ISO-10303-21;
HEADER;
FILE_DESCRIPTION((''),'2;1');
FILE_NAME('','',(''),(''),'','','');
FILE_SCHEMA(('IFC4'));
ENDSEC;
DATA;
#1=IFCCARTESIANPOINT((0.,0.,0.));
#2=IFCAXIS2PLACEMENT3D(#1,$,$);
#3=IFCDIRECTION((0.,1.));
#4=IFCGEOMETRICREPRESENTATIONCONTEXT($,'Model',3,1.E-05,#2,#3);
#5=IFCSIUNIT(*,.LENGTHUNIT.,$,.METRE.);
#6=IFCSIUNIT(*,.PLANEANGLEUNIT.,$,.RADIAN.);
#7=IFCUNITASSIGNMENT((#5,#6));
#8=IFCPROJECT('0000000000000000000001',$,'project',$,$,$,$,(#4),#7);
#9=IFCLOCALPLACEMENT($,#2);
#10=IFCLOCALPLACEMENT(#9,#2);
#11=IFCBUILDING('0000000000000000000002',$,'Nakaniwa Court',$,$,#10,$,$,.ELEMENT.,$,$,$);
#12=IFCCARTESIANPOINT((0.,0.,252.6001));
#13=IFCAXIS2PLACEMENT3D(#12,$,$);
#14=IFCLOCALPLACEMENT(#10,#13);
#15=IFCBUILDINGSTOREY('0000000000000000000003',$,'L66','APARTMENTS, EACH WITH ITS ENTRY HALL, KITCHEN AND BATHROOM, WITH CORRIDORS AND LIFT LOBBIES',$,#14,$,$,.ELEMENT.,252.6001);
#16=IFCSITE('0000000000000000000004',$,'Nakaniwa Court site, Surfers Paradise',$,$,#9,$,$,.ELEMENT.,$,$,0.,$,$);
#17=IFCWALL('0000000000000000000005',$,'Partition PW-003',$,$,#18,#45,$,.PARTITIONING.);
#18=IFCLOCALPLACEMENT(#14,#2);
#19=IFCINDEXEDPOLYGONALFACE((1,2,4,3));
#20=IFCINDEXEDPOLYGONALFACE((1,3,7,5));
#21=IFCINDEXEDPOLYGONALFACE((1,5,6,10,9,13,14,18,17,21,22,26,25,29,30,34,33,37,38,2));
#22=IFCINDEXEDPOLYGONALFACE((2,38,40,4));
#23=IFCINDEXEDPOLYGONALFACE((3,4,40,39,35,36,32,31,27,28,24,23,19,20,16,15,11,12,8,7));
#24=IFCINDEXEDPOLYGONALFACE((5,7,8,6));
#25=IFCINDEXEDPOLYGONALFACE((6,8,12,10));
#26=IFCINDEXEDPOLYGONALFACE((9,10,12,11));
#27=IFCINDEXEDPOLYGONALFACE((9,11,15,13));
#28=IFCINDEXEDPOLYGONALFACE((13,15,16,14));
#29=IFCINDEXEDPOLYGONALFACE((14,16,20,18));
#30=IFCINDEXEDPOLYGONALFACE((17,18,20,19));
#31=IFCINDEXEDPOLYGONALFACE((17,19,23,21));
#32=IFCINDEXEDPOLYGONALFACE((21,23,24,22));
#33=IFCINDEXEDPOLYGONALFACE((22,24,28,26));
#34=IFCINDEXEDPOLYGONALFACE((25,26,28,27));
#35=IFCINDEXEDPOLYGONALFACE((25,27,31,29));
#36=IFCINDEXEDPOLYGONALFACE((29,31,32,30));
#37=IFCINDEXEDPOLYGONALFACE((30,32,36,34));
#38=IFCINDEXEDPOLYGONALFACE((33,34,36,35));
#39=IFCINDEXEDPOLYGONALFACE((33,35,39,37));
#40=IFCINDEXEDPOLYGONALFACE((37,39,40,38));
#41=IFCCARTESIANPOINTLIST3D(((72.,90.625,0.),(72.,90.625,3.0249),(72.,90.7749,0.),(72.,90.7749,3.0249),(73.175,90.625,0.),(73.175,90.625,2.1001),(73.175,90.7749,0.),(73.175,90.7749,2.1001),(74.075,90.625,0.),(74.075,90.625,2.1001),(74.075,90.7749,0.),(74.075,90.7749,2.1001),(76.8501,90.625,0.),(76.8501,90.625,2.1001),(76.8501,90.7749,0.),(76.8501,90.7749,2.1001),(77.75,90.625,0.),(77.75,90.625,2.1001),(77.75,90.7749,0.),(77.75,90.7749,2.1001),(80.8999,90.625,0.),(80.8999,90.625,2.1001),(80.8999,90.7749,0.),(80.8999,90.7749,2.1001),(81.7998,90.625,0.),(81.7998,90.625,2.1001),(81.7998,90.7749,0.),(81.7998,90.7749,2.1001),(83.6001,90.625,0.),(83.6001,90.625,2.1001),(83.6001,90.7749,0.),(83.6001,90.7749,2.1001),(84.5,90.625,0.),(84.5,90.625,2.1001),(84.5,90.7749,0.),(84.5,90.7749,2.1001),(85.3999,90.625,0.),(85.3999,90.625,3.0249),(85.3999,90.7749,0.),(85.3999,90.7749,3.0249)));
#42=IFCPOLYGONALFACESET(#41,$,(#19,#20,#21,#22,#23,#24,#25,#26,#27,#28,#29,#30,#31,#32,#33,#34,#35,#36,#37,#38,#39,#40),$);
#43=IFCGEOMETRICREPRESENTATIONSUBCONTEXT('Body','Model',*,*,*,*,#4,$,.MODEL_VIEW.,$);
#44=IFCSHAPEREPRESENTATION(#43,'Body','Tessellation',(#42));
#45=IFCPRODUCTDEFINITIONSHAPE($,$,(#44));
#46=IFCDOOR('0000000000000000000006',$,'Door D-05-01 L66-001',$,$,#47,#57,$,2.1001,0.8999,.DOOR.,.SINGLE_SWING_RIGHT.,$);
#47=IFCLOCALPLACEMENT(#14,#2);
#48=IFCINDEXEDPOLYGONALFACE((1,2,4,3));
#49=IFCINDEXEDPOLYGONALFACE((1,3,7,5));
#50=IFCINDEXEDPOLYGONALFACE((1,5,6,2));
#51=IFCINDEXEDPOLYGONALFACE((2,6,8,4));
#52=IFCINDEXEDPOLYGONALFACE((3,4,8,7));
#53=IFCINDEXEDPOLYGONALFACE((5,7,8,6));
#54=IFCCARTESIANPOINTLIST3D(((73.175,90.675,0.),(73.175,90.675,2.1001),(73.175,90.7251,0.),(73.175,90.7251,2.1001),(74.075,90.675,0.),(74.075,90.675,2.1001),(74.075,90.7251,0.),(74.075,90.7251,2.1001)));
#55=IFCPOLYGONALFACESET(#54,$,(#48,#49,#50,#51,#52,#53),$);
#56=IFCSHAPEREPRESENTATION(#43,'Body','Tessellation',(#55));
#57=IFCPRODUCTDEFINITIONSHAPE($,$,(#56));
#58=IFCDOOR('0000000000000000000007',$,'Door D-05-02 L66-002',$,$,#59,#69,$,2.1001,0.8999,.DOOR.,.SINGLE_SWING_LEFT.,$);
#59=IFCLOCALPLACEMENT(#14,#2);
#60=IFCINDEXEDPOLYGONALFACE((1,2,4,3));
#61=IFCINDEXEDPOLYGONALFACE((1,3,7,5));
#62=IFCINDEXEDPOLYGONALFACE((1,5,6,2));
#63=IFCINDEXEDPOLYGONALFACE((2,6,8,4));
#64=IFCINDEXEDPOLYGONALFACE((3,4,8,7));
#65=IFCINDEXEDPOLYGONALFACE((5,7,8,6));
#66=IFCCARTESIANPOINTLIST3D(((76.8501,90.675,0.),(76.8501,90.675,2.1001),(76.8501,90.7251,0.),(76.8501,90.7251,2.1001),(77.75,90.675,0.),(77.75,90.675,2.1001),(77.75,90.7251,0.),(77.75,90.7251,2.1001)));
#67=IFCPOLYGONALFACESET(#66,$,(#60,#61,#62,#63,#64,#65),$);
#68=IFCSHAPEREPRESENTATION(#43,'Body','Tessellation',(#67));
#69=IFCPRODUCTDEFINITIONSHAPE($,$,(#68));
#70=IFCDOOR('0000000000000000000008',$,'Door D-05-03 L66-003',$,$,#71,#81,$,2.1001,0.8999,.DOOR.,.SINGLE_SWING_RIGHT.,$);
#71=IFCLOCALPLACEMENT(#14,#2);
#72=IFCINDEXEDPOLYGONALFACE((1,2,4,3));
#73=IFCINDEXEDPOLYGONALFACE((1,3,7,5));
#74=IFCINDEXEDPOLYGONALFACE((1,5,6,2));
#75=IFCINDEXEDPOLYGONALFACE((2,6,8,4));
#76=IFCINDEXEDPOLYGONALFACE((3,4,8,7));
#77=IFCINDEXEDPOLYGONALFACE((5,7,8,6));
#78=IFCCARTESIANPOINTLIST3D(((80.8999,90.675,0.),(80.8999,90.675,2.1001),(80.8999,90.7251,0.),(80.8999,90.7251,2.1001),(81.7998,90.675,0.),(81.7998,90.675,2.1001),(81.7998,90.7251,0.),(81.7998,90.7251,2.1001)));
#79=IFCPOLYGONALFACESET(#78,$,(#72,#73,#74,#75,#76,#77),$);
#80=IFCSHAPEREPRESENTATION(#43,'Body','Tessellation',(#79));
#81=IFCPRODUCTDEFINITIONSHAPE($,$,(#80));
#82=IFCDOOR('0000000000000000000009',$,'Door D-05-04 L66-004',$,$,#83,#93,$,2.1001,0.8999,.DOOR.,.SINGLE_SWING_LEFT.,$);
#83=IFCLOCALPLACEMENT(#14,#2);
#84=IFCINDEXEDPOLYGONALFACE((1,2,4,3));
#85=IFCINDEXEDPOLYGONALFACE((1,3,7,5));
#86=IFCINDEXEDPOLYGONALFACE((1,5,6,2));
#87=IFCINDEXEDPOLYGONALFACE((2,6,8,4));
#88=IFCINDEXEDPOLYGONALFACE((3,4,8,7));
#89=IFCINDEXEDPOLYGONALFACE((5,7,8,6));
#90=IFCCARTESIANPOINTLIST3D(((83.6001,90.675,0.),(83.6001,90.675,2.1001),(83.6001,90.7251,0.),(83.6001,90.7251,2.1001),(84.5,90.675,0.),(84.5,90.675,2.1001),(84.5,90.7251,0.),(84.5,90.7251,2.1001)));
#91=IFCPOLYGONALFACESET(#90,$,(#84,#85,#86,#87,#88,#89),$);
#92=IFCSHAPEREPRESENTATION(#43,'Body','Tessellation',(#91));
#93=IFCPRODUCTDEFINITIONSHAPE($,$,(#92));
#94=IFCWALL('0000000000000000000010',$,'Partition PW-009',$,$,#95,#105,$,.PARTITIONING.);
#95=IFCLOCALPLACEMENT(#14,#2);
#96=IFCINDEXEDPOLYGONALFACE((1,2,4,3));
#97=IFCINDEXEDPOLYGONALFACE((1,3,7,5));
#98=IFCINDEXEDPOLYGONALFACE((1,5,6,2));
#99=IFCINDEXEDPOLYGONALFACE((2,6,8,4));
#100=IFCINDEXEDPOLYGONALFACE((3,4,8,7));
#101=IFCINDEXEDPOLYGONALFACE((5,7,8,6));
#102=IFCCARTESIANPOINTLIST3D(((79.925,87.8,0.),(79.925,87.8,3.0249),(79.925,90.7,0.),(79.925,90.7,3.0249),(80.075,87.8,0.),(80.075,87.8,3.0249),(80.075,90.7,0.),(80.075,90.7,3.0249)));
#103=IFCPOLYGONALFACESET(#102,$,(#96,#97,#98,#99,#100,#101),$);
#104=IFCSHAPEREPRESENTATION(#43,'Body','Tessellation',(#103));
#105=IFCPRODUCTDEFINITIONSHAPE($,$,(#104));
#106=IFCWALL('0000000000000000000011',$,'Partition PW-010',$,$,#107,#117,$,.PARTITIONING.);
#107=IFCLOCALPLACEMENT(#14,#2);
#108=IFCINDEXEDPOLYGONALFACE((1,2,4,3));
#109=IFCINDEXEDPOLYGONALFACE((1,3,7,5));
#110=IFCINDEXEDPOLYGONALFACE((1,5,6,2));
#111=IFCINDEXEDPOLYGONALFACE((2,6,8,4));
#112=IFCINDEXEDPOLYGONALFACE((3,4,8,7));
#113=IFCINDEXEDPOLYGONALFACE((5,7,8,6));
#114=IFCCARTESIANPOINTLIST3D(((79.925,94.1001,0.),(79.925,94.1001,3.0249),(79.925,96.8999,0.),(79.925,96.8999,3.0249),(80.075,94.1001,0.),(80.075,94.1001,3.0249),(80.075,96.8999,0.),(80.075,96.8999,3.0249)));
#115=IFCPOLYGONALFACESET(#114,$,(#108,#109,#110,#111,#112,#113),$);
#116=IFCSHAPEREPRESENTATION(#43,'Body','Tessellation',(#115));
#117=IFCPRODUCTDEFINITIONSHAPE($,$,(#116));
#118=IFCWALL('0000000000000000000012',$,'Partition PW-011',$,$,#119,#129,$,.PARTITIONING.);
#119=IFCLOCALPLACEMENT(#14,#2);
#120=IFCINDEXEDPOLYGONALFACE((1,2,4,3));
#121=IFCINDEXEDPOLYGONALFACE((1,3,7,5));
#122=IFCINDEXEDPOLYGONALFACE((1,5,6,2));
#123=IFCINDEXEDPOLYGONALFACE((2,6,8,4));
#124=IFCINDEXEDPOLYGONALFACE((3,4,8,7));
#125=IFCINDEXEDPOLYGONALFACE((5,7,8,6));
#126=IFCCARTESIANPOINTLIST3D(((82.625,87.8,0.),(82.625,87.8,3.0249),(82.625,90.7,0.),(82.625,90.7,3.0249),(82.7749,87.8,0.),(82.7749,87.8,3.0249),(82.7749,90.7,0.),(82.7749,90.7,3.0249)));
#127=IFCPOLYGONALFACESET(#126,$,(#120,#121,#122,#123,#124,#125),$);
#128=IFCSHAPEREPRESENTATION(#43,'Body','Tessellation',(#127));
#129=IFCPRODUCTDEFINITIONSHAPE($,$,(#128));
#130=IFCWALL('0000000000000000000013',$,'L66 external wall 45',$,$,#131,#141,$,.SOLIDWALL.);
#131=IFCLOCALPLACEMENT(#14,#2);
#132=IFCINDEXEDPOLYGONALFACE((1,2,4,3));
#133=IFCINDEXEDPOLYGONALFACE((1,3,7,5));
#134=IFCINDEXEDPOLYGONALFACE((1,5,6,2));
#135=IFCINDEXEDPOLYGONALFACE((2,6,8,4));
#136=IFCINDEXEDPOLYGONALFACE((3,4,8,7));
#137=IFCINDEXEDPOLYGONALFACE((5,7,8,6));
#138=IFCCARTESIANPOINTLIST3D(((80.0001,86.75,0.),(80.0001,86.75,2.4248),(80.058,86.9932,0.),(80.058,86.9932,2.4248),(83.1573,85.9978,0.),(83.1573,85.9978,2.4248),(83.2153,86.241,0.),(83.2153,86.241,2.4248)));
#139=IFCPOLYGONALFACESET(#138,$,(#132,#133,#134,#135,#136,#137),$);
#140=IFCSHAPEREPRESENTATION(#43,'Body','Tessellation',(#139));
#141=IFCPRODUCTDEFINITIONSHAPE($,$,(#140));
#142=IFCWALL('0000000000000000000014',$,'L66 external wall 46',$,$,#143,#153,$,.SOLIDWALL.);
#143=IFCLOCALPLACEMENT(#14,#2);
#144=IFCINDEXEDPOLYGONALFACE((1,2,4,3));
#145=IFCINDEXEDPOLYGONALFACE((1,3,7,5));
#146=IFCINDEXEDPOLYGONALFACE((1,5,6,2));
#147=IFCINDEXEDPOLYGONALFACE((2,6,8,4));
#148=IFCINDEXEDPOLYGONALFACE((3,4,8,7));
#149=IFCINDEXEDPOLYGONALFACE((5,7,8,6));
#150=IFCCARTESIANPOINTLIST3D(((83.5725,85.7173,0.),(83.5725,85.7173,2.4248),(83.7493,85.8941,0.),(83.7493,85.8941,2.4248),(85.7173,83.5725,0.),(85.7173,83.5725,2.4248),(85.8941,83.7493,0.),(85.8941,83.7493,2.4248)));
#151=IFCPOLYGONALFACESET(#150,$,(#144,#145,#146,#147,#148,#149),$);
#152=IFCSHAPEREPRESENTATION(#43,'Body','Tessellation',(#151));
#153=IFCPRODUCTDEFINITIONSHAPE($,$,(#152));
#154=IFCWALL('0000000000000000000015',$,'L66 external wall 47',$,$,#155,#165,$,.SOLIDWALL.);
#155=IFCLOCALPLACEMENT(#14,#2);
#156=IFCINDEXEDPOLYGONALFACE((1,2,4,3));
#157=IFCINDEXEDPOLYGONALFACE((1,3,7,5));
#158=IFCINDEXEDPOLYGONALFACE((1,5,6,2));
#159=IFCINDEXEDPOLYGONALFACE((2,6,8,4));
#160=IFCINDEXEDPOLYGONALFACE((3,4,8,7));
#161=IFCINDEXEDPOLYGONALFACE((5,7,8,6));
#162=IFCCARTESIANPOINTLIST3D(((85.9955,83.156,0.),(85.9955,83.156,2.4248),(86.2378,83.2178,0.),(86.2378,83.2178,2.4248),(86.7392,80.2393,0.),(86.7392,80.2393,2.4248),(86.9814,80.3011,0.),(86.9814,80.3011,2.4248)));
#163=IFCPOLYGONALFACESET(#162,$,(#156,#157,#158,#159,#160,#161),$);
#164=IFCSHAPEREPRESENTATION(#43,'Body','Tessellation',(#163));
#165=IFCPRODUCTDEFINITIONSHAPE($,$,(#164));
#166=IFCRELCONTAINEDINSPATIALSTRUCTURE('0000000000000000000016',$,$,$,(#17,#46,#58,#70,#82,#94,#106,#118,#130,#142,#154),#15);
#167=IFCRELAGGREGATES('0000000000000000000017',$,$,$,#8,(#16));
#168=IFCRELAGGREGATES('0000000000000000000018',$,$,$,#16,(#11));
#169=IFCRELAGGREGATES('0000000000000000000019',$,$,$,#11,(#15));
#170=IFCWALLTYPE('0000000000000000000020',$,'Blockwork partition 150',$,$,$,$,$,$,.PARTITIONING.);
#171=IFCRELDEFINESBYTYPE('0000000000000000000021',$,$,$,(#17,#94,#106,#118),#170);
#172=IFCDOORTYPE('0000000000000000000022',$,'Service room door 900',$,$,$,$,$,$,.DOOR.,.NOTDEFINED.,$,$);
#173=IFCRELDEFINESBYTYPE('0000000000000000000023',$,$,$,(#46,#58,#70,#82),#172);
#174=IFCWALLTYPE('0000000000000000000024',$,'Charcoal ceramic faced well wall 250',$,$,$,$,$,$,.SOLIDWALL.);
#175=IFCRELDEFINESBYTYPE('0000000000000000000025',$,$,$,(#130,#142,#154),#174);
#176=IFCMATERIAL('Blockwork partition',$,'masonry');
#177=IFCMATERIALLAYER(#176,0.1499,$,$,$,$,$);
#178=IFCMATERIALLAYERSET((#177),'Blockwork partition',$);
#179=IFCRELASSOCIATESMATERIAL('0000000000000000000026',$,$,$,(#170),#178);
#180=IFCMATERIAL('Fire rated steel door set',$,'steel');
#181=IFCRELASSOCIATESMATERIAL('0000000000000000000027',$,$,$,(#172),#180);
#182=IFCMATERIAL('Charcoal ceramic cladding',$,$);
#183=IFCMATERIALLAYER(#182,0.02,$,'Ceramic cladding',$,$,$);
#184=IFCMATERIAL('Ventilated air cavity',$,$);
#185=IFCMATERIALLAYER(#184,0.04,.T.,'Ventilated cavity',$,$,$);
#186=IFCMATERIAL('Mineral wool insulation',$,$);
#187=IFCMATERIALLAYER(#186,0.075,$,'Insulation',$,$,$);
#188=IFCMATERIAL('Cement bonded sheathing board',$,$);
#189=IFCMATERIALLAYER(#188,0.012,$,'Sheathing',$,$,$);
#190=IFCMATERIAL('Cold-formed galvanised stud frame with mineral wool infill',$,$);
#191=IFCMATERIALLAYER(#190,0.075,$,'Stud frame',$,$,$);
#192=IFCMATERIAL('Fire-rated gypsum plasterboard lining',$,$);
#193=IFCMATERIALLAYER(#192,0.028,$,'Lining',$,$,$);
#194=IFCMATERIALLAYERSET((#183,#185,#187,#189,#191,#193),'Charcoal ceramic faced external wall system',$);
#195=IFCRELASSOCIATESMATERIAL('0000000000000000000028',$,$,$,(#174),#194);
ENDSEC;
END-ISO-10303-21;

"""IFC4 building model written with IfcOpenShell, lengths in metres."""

from ifc_helpers import new_model, si_unit, direction, frame, frame_2d, origin, place, context, subcontext, project, spatial, rectangle, extrude, material, layer, layer_set, type_object, element, fill, save


model = new_model("IFC4")

# Units and contexts
model_context = context("Model", 3, precision=1e-05, world=origin(), true_north=direction((0.0, 1.0)))
body_context = subcontext(model_context, "Body", "Model", "MODEL_VIEW")
ifc_project = project(units=[si_unit("LENGTHUNIT", "METRE"), si_unit("PLANEANGLEUNIT", "RADIAN")], contexts=[model_context])

# Site, building, storey
site_placement = place(None, origin())
site = spatial("IfcSite", under=ifc_project, at=site_placement, Name="Nakaniwa Court site, Surfers Paradise", CompositionType="ELEMENT", RefElevation=0.0)
building_placement = place(site_placement, origin())
building = spatial("IfcBuilding", under=site, at=building_placement, Name="Nakaniwa Court", CompositionType="ELEMENT")
storey_placement = place(building_placement, frame((0.0, 0.0, 252.6001)))
storey = spatial("IfcBuildingStorey", under=building, at=storey_placement, Name="L66", Description="APARTMENTS, EACH WITH ITS ENTRY HALL, KITCHEN AND BATHROOM, WITH CORRIDORS AND LIFT LOBBIES", CompositionType="ELEMENT", Elevation=252.6001)

# Wall, openings, doors
ifc_material_1 = material(Name="Blockwork partition", Category="masonry")
ifc_layer_1 = layer(ifc_material_1, 0.1499)
ifc_layer_set_1 = layer_set([ifc_layer_1], Name="Blockwork partition")
wall_type_1 = type_object("IfcWallType", Name="Blockwork partition 150", PredefinedType="PARTITIONING", material=ifc_layer_set_1)
wall_1_placement = place(storey_placement, frame((85.3999, 90.7, 0.0), z_axis=(0.0, 0.0, 1.0), x_axis=(-1.0, 0.0, 0.0)))
wall_1 = element("IfcWall", 1, at=wall_1_placement, inside=storey, type_object=wall_type_1, Name="Partition PW-003", PredefinedType="PARTITIONING", context=body_context, shape_type="SweptSolid", body=[
    extrude(rectangle(XDim=13.3999, YDim=0.1499, at=frame_2d((6.7, 0.0))), origin(), (0.0, 0.0, 1.0), 3.0249),
])
opening_1_placement = place(wall_1_placement, frame((11.325, 0.0, 0.0)))
opening_1 = element("IfcOpeningElement", 2, at=opening_1_placement, cuts=wall_1, PredefinedType="OPENING", context=body_context, shape_type="SweptSolid", body=[
    extrude(rectangle(XDim=0.8999, YDim=2.1001, at=frame_2d((0.45, 1.05))), frame((0.0, 0.085, 0.0), z_axis=(0.0, -1.0, 0.0), x_axis=(1.0, 0.0, 0.0)), (0.0, 0.0, 1.0), 0.1699),
])
opening_2_placement = place(wall_1_placement, frame((7.6499, 0.0, 0.0)))
opening_2 = element("IfcOpeningElement", 3, at=opening_2_placement, cuts=wall_1, PredefinedType="OPENING", context=body_context, shape_type="SweptSolid", body=[
    extrude(rectangle(XDim=0.8999, YDim=2.1001, at=frame_2d((0.45, 1.05))), frame((0.0, 0.085, 0.0), z_axis=(0.0, -1.0, 0.0), x_axis=(1.0, 0.0, 0.0)), (0.0, 0.0, 1.0), 0.1699),
])
opening_3_placement = place(wall_1_placement, frame((3.6001, 0.0, 0.0)))
opening_3 = element("IfcOpeningElement", 4, at=opening_3_placement, cuts=wall_1, PredefinedType="OPENING", context=body_context, shape_type="SweptSolid", body=[
    extrude(rectangle(XDim=0.8999, YDim=2.1001, at=frame_2d((0.45, 1.05))), frame((0.0, 0.085, 0.0), z_axis=(0.0, -1.0, 0.0), x_axis=(1.0, 0.0, 0.0)), (0.0, 0.0, 1.0), 0.1699),
])
opening_4_placement = place(wall_1_placement, frame((0.8999, 0.0, 0.0)))
opening_4 = element("IfcOpeningElement", 5, at=opening_4_placement, cuts=wall_1, PredefinedType="OPENING", context=body_context, shape_type="SweptSolid", body=[
    extrude(rectangle(XDim=0.8999, YDim=2.1001, at=frame_2d((0.45, 1.05))), frame((0.0, 0.085, 0.0), z_axis=(0.0, -1.0, 0.0), x_axis=(1.0, 0.0, 0.0)), (0.0, 0.0, 1.0), 0.1699),
])
ifc_material_2 = material(Name="Fire rated steel door set", Category="steel")
door_type_1 = type_object("IfcDoorType", Name="Service room door 900", OperationType="NOTDEFINED", PredefinedType="DOOR", material=ifc_material_2)
door_1_placement = place(opening_1_placement, origin())
door_1 = element("IfcDoor", 6, at=door_1_placement, inside=storey, type_object=door_type_1, Name="Door D-05-01 L66-001", OperationType="SINGLE_SWING_RIGHT", OverallHeight=2.1001, OverallWidth=0.8999, PredefinedType="DOOR", context=body_context, shape_type="SweptSolid", body=[
    extrude(rectangle(XDim=0.8999, YDim=2.1001, at=frame_2d((0.45, 1.05))), frame((0.0, 0.0249, 0.0), z_axis=(0.0, -1.0, 0.0), x_axis=(1.0, 0.0, 0.0)), (0.0, 0.0, 1.0), 0.05),
])
fill(opening_1, door_1)
door_2_placement = place(opening_2_placement, origin())
door_2 = element("IfcDoor", 7, at=door_2_placement, inside=storey, type_object=door_type_1, Name="Door D-05-02 L66-002", OperationType="SINGLE_SWING_LEFT", OverallHeight=2.1001, OverallWidth=0.8999, PredefinedType="DOOR", context=body_context, shape_type="SweptSolid", body=[
    extrude(rectangle(XDim=0.8999, YDim=2.1001, at=frame_2d((0.45, 1.05))), frame((0.0, 0.0249, 0.0), z_axis=(0.0, -1.0, 0.0), x_axis=(1.0, 0.0, 0.0)), (0.0, 0.0, 1.0), 0.05),
])
fill(opening_2, door_2)
door_3_placement = place(opening_3_placement, origin())
door_3 = element("IfcDoor", 8, at=door_3_placement, inside=storey, type_object=door_type_1, Name="Door D-05-03 L66-003", OperationType="SINGLE_SWING_RIGHT", OverallHeight=2.1001, OverallWidth=0.8999, PredefinedType="DOOR", context=body_context, shape_type="SweptSolid", body=[
    extrude(rectangle(XDim=0.8999, YDim=2.1001, at=frame_2d((0.45, 1.05))), frame((0.0, 0.0249, 0.0), z_axis=(0.0, -1.0, 0.0), x_axis=(1.0, 0.0, 0.0)), (0.0, 0.0, 1.0), 0.05),
])
fill(opening_3, door_3)
door_4_placement = place(opening_4_placement, origin())
door_4 = element("IfcDoor", 9, at=door_4_placement, inside=storey, type_object=door_type_1, Name="Door D-05-04 L66-004", OperationType="SINGLE_SWING_LEFT", OverallHeight=2.1001, OverallWidth=0.8999, PredefinedType="DOOR", context=body_context, shape_type="SweptSolid", body=[
    extrude(rectangle(XDim=0.8999, YDim=2.1001, at=frame_2d((0.45, 1.05))), frame((0.0, 0.0249, 0.0), z_axis=(0.0, -1.0, 0.0), x_axis=(1.0, 0.0, 0.0)), (0.0, 0.0, 1.0), 0.05),
])
fill(opening_4, door_4)

# Walls
wall_2_placement = place(storey_placement, frame((80.0, 87.8, 0.0), z_axis=(0.0, 0.0, 1.0), x_axis=(0.0, 1.0, 0.0)))
element("IfcWall", 10, at=wall_2_placement, inside=storey, type_object=wall_type_1, Name="Partition PW-009", PredefinedType="PARTITIONING", context=body_context, shape_type="SweptSolid", body=[
    extrude(rectangle(XDim=2.8999, YDim=0.1499, at=frame_2d((1.45, 0.0))), origin(), (0.0, 0.0, 1.0), 3.0249),
])
wall_3_placement = place(storey_placement, frame((80.0, 94.1001, 0.0), z_axis=(0.0, 0.0, 1.0), x_axis=(0.0, 1.0, 0.0)))
element("IfcWall", 11, at=wall_3_placement, inside=storey, type_object=wall_type_1, Name="Partition PW-010", PredefinedType="PARTITIONING", context=body_context, shape_type="SweptSolid", body=[
    extrude(rectangle(XDim=2.7998, YDim=0.1499, at=frame_2d((1.3999, 0.0))), origin(), (0.0, 0.0, 1.0), 3.0249),
])
wall_4_placement = place(storey_placement, frame((82.7, 87.8, 0.0), z_axis=(0.0, 0.0, 1.0), x_axis=(0.0, 1.0, 0.0)))
element("IfcWall", 12, at=wall_4_placement, inside=storey, type_object=wall_type_1, Name="Partition PW-011", PredefinedType="PARTITIONING", context=body_context, shape_type="SweptSolid", body=[
    extrude(rectangle(XDim=2.8999, YDim=0.1499, at=frame_2d((1.45, 0.0))), origin(), (0.0, 0.0, 1.0), 3.0249),
])
ifc_material_3 = material(Name="Charcoal ceramic cladding")
ifc_layer_2 = layer(ifc_material_3, 0.02, Name="Ceramic cladding")
ifc_material_4 = material(Name="Ventilated air cavity")
ifc_layer_3 = layer(ifc_material_4, 0.04, ventilated=True, Name="Ventilated cavity")
ifc_material_5 = material(Name="Mineral wool insulation")
ifc_layer_4 = layer(ifc_material_5, 0.075, Name="Insulation")
ifc_material_6 = material(Name="Cement bonded sheathing board")
ifc_layer_5 = layer(ifc_material_6, 0.012, Name="Sheathing")
ifc_material_7 = material(Name="Cold-formed galvanised stud frame with mineral wool infill")
ifc_layer_6 = layer(ifc_material_7, 0.075, Name="Stud frame")
ifc_material_8 = material(Name="Fire-rated gypsum plasterboard lining")
ifc_layer_7 = layer(ifc_material_8, 0.028, Name="Lining")
ifc_layer_set_2 = layer_set([ifc_layer_2, ifc_layer_3, ifc_layer_4, ifc_layer_5, ifc_layer_6, ifc_layer_7], Name="Charcoal ceramic faced external wall system")
wall_type_2 = type_object("IfcWallType", Name="Charcoal ceramic faced well wall 250", PredefinedType="SOLIDWALL", material=ifc_layer_set_2)
wall_5_placement = place(storey_placement, frame((80.0291, 86.8716, 0.0), z_axis=(0.0, 0.0, 1.0), x_axis=(0.972773, -0.23176, 0.0)))
element("IfcWall", 13, at=wall_5_placement, inside=storey, type_object=wall_type_2, Name="L66 external wall 45", PredefinedType="SOLIDWALL", context=body_context, shape_type="SweptSolid", body=[
    extrude(rectangle(XDim=3.2456, YDim=0.25, at=frame_2d((1.6228, 0.0))), origin(), (0.0, 0.0, 1.0), 2.4248),
])
wall_6_placement = place(storey_placement, frame((83.6609, 85.8057, 0.0), z_axis=(0.0, 0.0, 1.0), x_axis=(0.707107, -0.707107, 0.0)))
element("IfcWall", 14, at=wall_6_placement, inside=storey, type_object=wall_type_2, Name="L66 external wall 46", PredefinedType="SOLIDWALL", context=body_context, shape_type="SweptSolid", body=[
    extrude(rectangle(XDim=3.0332, YDim=0.25, at=frame_2d((1.5166, 0.0))), origin(), (0.0, 0.0, 1.0), 2.4248),
])
wall_7_placement = place(storey_placement, frame((86.1167, 83.1868, 0.0), z_axis=(0.0, 0.0, 1.0), x_axis=(0.247056, -0.969001, 0.0)))
element("IfcWall", 15, at=wall_7_placement, inside=storey, type_object=wall_type_2, Name="L66 external wall 47", PredefinedType="SOLIDWALL", context=body_context, shape_type="SweptSolid", body=[
    extrude(rectangle(XDim=3.01, YDim=0.25, at=frame_2d((1.5049, 0.0))), origin(), (0.0, 0.0, 1.0), 2.4248),
])

save(model, "model.ifc")
